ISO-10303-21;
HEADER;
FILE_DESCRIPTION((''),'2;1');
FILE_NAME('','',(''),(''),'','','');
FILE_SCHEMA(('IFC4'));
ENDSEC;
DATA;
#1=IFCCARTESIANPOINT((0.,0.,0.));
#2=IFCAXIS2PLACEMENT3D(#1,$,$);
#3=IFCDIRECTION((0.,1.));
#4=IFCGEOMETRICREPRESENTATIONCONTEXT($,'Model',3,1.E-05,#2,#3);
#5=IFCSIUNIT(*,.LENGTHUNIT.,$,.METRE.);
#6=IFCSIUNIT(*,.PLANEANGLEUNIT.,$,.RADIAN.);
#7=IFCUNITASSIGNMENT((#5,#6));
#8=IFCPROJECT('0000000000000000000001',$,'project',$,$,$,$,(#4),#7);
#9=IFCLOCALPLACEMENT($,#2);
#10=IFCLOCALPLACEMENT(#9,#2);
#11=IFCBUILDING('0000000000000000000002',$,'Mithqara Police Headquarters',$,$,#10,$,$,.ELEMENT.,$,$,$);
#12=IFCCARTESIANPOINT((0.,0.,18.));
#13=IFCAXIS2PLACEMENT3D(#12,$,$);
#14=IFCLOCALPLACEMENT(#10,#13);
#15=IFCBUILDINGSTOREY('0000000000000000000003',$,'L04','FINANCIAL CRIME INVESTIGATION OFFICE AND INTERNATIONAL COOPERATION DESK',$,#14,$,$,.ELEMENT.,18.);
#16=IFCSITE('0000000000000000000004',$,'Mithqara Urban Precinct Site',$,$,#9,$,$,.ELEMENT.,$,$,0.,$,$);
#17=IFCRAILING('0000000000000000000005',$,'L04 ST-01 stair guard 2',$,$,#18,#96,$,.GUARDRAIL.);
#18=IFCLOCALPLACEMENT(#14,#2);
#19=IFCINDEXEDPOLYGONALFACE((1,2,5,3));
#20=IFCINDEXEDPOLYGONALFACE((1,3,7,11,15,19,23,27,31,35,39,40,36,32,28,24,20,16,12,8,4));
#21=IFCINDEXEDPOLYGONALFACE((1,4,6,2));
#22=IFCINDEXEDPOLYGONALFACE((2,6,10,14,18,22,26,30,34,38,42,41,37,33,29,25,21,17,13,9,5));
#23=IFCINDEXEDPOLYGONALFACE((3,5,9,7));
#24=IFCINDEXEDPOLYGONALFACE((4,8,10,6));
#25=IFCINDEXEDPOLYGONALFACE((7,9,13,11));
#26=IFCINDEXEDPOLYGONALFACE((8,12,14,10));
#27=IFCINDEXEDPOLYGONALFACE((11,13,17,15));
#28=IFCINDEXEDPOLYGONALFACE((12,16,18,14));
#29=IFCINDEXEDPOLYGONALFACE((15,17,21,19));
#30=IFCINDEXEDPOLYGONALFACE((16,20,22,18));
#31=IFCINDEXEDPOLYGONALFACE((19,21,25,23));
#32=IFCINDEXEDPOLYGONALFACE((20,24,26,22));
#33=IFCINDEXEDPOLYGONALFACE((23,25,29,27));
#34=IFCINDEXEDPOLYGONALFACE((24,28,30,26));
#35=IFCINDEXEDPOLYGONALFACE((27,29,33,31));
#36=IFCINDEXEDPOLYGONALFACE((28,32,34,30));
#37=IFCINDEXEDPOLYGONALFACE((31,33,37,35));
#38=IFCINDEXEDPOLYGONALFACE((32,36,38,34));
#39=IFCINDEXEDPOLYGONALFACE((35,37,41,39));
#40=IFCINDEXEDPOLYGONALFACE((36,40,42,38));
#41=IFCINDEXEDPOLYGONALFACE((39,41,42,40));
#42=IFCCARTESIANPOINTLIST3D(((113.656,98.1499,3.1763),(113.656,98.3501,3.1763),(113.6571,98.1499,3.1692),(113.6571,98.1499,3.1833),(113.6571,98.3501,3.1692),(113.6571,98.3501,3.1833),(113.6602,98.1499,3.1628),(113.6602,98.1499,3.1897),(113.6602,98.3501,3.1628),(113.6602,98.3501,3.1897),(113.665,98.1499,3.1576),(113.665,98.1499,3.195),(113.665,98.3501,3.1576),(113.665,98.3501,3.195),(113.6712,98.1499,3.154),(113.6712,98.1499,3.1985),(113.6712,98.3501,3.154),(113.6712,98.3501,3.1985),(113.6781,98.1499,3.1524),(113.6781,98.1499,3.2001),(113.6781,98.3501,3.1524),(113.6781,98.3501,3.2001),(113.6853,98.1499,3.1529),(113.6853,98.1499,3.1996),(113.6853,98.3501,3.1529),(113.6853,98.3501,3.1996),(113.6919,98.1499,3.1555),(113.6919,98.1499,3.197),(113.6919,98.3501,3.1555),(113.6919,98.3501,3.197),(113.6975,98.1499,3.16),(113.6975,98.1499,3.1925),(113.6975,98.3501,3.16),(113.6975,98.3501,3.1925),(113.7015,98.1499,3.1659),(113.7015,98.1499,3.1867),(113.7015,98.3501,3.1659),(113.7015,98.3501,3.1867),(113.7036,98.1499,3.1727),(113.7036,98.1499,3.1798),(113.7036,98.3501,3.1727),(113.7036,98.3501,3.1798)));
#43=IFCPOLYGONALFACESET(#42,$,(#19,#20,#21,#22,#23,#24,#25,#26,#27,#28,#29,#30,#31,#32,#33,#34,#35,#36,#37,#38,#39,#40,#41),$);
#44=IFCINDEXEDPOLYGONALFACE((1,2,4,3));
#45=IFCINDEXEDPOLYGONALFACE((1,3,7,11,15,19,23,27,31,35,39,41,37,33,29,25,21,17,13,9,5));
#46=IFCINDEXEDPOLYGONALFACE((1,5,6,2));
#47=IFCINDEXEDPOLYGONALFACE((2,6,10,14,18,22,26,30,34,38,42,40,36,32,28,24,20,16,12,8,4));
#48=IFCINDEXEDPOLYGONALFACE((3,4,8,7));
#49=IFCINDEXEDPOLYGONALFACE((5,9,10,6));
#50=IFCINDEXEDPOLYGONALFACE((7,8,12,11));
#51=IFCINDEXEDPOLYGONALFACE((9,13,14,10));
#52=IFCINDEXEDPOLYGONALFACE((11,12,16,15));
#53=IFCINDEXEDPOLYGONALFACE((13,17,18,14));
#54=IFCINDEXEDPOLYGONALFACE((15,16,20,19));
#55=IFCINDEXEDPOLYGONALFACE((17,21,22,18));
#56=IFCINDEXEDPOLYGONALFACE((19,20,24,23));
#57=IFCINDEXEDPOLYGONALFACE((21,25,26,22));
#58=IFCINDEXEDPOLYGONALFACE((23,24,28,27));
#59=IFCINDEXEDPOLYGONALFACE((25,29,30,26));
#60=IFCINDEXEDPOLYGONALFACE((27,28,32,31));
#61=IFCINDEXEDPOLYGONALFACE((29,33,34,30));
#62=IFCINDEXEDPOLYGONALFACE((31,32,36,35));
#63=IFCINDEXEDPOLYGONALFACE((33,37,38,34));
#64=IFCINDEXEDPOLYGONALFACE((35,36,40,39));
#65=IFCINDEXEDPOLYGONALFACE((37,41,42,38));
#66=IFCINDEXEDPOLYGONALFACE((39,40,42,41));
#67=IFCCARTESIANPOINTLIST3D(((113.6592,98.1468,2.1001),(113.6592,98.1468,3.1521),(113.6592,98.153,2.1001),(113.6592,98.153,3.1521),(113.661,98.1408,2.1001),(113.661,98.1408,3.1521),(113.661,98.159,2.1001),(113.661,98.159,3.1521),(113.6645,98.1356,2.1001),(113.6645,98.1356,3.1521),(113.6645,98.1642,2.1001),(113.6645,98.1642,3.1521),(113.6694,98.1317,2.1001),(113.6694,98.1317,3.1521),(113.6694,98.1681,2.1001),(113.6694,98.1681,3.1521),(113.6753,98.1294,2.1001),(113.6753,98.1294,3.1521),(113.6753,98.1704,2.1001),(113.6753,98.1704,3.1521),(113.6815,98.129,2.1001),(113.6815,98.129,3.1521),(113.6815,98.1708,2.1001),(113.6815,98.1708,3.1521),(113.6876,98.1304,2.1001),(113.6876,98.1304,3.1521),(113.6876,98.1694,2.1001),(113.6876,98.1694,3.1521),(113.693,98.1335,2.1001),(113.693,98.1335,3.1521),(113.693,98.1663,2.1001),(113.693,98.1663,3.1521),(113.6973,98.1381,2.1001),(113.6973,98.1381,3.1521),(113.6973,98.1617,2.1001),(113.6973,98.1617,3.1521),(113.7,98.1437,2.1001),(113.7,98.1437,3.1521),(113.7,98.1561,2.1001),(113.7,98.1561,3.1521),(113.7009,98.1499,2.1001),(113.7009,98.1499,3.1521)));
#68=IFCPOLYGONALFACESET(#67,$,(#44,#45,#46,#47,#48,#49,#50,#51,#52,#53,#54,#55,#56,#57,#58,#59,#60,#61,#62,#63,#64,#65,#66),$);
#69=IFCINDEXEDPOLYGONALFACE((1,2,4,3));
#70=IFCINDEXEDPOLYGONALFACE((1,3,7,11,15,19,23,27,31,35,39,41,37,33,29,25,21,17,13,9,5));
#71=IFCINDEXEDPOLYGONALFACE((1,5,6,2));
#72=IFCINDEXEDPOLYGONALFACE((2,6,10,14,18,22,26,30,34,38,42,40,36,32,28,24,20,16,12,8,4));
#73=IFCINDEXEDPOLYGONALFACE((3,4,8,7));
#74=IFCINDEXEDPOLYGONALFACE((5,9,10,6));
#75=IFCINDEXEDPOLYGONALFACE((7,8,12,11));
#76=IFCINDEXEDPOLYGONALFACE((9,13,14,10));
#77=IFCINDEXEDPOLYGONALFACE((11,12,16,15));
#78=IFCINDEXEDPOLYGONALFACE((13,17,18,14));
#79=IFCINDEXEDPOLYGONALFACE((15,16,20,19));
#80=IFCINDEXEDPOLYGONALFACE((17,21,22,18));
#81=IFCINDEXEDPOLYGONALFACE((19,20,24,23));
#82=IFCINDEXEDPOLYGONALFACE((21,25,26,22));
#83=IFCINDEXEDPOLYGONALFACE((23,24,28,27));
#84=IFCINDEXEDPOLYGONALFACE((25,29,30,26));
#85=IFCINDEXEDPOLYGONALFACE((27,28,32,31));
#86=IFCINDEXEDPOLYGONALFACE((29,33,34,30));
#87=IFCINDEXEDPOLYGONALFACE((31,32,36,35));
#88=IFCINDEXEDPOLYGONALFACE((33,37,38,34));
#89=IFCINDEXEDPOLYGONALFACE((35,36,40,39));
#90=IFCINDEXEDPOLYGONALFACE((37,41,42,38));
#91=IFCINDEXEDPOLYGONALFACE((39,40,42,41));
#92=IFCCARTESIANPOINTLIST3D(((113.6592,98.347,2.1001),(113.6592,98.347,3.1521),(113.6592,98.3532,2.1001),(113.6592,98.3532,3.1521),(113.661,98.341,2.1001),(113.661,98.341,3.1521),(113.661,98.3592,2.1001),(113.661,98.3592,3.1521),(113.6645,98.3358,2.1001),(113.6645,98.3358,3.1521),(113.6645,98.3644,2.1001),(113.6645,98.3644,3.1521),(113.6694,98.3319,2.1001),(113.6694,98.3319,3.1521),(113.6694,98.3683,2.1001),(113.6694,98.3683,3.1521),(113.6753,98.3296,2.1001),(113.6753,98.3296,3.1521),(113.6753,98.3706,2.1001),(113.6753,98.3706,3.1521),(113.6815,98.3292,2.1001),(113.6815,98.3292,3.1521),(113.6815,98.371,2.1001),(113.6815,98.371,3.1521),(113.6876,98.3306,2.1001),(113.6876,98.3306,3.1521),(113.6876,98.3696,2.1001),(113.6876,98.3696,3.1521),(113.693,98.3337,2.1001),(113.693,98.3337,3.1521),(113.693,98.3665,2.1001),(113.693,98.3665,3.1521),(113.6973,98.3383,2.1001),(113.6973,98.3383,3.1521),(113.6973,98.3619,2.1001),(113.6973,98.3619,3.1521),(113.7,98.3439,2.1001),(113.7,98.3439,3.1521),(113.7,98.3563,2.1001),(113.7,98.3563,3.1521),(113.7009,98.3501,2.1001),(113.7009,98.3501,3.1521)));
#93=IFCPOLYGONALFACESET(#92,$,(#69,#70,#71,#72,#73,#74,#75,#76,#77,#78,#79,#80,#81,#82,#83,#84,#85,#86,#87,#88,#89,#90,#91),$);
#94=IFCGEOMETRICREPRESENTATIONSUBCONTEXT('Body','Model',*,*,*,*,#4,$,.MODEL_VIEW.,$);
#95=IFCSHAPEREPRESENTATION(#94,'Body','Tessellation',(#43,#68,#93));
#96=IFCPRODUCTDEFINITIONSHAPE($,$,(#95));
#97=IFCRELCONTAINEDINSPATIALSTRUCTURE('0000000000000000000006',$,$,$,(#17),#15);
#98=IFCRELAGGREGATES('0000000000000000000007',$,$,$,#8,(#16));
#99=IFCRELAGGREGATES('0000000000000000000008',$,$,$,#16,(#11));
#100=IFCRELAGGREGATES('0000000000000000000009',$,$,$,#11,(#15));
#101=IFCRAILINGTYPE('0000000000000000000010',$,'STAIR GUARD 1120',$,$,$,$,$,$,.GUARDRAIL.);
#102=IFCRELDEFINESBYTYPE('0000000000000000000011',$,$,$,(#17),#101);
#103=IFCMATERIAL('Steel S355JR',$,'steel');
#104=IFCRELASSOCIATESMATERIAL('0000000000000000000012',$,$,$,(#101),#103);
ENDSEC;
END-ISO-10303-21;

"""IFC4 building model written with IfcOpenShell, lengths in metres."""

from ifc_helpers import new_model, si_unit, direction, frame, origin, origin_2d, place, context, subcontext, project, spatial, circle, extrude, material, type_object, element, save


model = new_model("IFC4")

# Units and contexts
model_context = context("Model", 3, precision=1e-05, world=origin(), true_north=direction((0.0, 1.0)))
body_context = subcontext(model_context, "Body", "Model", "MODEL_VIEW")
ifc_project = project(units=[si_unit("LENGTHUNIT", "METRE"), si_unit("PLANEANGLEUNIT", "RADIAN")], contexts=[model_context])

# Site, building, storey
site_placement = place(None, origin())
site = spatial("IfcSite", under=ifc_project, at=site_placement, Name="Mithqara Urban Precinct Site", CompositionType="ELEMENT", RefElevation=0.0)
building_placement = place(site_placement, origin())
building = spatial("IfcBuilding", under=site, at=building_placement, Name="Mithqara Police Headquarters", CompositionType="ELEMENT")
storey_placement = place(building_placement, frame((0.0, 0.0, 18.0)))
storey = spatial("IfcBuildingStorey", under=building, at=storey_placement, Name="L04", Description="FINANCIAL CRIME INVESTIGATION OFFICE AND INTERNATIONAL COOPERATION DESK", CompositionType="ELEMENT", Elevation=18.0)

# Shared definitions
ifc_material_1 = material(Name="Steel S355JR", Category="steel")

# Railing
railing_type_1 = type_object("IfcRailingType", Name="STAIR GUARD 1120", PredefinedType="GUARDRAIL", material=ifc_material_1)
railing_1_placement = place(storey_placement, frame((113.6799, 98.1499, 2.1001)))
element("IfcRailing", 1, at=railing_1_placement, inside=storey, type_object=railing_type_1, Name="L04 ST-01 stair guard 2", PredefinedType="GUARDRAIL", context=body_context, shape_type="SweptSolid", body=[
    extrude(circle(Radius=0.0239, at=origin_2d()), frame((0.0, 0.0, 1.0762), z_axis=(0.0, 1.0, 0.0), x_axis=(-1.0, 0.0, 0.0)), (0.0, 0.0, 1.0), 0.2002),
    extrude(circle(Radius=0.021, at=origin_2d()), origin(), (0.0, 0.0, 1.0), 1.052),
    extrude(circle(Radius=0.021, at=origin_2d()), frame((0.0, 0.2002, 0.0)), (0.0, 0.0, 1.0), 1.052),
])

save(model, "model.ifc")
